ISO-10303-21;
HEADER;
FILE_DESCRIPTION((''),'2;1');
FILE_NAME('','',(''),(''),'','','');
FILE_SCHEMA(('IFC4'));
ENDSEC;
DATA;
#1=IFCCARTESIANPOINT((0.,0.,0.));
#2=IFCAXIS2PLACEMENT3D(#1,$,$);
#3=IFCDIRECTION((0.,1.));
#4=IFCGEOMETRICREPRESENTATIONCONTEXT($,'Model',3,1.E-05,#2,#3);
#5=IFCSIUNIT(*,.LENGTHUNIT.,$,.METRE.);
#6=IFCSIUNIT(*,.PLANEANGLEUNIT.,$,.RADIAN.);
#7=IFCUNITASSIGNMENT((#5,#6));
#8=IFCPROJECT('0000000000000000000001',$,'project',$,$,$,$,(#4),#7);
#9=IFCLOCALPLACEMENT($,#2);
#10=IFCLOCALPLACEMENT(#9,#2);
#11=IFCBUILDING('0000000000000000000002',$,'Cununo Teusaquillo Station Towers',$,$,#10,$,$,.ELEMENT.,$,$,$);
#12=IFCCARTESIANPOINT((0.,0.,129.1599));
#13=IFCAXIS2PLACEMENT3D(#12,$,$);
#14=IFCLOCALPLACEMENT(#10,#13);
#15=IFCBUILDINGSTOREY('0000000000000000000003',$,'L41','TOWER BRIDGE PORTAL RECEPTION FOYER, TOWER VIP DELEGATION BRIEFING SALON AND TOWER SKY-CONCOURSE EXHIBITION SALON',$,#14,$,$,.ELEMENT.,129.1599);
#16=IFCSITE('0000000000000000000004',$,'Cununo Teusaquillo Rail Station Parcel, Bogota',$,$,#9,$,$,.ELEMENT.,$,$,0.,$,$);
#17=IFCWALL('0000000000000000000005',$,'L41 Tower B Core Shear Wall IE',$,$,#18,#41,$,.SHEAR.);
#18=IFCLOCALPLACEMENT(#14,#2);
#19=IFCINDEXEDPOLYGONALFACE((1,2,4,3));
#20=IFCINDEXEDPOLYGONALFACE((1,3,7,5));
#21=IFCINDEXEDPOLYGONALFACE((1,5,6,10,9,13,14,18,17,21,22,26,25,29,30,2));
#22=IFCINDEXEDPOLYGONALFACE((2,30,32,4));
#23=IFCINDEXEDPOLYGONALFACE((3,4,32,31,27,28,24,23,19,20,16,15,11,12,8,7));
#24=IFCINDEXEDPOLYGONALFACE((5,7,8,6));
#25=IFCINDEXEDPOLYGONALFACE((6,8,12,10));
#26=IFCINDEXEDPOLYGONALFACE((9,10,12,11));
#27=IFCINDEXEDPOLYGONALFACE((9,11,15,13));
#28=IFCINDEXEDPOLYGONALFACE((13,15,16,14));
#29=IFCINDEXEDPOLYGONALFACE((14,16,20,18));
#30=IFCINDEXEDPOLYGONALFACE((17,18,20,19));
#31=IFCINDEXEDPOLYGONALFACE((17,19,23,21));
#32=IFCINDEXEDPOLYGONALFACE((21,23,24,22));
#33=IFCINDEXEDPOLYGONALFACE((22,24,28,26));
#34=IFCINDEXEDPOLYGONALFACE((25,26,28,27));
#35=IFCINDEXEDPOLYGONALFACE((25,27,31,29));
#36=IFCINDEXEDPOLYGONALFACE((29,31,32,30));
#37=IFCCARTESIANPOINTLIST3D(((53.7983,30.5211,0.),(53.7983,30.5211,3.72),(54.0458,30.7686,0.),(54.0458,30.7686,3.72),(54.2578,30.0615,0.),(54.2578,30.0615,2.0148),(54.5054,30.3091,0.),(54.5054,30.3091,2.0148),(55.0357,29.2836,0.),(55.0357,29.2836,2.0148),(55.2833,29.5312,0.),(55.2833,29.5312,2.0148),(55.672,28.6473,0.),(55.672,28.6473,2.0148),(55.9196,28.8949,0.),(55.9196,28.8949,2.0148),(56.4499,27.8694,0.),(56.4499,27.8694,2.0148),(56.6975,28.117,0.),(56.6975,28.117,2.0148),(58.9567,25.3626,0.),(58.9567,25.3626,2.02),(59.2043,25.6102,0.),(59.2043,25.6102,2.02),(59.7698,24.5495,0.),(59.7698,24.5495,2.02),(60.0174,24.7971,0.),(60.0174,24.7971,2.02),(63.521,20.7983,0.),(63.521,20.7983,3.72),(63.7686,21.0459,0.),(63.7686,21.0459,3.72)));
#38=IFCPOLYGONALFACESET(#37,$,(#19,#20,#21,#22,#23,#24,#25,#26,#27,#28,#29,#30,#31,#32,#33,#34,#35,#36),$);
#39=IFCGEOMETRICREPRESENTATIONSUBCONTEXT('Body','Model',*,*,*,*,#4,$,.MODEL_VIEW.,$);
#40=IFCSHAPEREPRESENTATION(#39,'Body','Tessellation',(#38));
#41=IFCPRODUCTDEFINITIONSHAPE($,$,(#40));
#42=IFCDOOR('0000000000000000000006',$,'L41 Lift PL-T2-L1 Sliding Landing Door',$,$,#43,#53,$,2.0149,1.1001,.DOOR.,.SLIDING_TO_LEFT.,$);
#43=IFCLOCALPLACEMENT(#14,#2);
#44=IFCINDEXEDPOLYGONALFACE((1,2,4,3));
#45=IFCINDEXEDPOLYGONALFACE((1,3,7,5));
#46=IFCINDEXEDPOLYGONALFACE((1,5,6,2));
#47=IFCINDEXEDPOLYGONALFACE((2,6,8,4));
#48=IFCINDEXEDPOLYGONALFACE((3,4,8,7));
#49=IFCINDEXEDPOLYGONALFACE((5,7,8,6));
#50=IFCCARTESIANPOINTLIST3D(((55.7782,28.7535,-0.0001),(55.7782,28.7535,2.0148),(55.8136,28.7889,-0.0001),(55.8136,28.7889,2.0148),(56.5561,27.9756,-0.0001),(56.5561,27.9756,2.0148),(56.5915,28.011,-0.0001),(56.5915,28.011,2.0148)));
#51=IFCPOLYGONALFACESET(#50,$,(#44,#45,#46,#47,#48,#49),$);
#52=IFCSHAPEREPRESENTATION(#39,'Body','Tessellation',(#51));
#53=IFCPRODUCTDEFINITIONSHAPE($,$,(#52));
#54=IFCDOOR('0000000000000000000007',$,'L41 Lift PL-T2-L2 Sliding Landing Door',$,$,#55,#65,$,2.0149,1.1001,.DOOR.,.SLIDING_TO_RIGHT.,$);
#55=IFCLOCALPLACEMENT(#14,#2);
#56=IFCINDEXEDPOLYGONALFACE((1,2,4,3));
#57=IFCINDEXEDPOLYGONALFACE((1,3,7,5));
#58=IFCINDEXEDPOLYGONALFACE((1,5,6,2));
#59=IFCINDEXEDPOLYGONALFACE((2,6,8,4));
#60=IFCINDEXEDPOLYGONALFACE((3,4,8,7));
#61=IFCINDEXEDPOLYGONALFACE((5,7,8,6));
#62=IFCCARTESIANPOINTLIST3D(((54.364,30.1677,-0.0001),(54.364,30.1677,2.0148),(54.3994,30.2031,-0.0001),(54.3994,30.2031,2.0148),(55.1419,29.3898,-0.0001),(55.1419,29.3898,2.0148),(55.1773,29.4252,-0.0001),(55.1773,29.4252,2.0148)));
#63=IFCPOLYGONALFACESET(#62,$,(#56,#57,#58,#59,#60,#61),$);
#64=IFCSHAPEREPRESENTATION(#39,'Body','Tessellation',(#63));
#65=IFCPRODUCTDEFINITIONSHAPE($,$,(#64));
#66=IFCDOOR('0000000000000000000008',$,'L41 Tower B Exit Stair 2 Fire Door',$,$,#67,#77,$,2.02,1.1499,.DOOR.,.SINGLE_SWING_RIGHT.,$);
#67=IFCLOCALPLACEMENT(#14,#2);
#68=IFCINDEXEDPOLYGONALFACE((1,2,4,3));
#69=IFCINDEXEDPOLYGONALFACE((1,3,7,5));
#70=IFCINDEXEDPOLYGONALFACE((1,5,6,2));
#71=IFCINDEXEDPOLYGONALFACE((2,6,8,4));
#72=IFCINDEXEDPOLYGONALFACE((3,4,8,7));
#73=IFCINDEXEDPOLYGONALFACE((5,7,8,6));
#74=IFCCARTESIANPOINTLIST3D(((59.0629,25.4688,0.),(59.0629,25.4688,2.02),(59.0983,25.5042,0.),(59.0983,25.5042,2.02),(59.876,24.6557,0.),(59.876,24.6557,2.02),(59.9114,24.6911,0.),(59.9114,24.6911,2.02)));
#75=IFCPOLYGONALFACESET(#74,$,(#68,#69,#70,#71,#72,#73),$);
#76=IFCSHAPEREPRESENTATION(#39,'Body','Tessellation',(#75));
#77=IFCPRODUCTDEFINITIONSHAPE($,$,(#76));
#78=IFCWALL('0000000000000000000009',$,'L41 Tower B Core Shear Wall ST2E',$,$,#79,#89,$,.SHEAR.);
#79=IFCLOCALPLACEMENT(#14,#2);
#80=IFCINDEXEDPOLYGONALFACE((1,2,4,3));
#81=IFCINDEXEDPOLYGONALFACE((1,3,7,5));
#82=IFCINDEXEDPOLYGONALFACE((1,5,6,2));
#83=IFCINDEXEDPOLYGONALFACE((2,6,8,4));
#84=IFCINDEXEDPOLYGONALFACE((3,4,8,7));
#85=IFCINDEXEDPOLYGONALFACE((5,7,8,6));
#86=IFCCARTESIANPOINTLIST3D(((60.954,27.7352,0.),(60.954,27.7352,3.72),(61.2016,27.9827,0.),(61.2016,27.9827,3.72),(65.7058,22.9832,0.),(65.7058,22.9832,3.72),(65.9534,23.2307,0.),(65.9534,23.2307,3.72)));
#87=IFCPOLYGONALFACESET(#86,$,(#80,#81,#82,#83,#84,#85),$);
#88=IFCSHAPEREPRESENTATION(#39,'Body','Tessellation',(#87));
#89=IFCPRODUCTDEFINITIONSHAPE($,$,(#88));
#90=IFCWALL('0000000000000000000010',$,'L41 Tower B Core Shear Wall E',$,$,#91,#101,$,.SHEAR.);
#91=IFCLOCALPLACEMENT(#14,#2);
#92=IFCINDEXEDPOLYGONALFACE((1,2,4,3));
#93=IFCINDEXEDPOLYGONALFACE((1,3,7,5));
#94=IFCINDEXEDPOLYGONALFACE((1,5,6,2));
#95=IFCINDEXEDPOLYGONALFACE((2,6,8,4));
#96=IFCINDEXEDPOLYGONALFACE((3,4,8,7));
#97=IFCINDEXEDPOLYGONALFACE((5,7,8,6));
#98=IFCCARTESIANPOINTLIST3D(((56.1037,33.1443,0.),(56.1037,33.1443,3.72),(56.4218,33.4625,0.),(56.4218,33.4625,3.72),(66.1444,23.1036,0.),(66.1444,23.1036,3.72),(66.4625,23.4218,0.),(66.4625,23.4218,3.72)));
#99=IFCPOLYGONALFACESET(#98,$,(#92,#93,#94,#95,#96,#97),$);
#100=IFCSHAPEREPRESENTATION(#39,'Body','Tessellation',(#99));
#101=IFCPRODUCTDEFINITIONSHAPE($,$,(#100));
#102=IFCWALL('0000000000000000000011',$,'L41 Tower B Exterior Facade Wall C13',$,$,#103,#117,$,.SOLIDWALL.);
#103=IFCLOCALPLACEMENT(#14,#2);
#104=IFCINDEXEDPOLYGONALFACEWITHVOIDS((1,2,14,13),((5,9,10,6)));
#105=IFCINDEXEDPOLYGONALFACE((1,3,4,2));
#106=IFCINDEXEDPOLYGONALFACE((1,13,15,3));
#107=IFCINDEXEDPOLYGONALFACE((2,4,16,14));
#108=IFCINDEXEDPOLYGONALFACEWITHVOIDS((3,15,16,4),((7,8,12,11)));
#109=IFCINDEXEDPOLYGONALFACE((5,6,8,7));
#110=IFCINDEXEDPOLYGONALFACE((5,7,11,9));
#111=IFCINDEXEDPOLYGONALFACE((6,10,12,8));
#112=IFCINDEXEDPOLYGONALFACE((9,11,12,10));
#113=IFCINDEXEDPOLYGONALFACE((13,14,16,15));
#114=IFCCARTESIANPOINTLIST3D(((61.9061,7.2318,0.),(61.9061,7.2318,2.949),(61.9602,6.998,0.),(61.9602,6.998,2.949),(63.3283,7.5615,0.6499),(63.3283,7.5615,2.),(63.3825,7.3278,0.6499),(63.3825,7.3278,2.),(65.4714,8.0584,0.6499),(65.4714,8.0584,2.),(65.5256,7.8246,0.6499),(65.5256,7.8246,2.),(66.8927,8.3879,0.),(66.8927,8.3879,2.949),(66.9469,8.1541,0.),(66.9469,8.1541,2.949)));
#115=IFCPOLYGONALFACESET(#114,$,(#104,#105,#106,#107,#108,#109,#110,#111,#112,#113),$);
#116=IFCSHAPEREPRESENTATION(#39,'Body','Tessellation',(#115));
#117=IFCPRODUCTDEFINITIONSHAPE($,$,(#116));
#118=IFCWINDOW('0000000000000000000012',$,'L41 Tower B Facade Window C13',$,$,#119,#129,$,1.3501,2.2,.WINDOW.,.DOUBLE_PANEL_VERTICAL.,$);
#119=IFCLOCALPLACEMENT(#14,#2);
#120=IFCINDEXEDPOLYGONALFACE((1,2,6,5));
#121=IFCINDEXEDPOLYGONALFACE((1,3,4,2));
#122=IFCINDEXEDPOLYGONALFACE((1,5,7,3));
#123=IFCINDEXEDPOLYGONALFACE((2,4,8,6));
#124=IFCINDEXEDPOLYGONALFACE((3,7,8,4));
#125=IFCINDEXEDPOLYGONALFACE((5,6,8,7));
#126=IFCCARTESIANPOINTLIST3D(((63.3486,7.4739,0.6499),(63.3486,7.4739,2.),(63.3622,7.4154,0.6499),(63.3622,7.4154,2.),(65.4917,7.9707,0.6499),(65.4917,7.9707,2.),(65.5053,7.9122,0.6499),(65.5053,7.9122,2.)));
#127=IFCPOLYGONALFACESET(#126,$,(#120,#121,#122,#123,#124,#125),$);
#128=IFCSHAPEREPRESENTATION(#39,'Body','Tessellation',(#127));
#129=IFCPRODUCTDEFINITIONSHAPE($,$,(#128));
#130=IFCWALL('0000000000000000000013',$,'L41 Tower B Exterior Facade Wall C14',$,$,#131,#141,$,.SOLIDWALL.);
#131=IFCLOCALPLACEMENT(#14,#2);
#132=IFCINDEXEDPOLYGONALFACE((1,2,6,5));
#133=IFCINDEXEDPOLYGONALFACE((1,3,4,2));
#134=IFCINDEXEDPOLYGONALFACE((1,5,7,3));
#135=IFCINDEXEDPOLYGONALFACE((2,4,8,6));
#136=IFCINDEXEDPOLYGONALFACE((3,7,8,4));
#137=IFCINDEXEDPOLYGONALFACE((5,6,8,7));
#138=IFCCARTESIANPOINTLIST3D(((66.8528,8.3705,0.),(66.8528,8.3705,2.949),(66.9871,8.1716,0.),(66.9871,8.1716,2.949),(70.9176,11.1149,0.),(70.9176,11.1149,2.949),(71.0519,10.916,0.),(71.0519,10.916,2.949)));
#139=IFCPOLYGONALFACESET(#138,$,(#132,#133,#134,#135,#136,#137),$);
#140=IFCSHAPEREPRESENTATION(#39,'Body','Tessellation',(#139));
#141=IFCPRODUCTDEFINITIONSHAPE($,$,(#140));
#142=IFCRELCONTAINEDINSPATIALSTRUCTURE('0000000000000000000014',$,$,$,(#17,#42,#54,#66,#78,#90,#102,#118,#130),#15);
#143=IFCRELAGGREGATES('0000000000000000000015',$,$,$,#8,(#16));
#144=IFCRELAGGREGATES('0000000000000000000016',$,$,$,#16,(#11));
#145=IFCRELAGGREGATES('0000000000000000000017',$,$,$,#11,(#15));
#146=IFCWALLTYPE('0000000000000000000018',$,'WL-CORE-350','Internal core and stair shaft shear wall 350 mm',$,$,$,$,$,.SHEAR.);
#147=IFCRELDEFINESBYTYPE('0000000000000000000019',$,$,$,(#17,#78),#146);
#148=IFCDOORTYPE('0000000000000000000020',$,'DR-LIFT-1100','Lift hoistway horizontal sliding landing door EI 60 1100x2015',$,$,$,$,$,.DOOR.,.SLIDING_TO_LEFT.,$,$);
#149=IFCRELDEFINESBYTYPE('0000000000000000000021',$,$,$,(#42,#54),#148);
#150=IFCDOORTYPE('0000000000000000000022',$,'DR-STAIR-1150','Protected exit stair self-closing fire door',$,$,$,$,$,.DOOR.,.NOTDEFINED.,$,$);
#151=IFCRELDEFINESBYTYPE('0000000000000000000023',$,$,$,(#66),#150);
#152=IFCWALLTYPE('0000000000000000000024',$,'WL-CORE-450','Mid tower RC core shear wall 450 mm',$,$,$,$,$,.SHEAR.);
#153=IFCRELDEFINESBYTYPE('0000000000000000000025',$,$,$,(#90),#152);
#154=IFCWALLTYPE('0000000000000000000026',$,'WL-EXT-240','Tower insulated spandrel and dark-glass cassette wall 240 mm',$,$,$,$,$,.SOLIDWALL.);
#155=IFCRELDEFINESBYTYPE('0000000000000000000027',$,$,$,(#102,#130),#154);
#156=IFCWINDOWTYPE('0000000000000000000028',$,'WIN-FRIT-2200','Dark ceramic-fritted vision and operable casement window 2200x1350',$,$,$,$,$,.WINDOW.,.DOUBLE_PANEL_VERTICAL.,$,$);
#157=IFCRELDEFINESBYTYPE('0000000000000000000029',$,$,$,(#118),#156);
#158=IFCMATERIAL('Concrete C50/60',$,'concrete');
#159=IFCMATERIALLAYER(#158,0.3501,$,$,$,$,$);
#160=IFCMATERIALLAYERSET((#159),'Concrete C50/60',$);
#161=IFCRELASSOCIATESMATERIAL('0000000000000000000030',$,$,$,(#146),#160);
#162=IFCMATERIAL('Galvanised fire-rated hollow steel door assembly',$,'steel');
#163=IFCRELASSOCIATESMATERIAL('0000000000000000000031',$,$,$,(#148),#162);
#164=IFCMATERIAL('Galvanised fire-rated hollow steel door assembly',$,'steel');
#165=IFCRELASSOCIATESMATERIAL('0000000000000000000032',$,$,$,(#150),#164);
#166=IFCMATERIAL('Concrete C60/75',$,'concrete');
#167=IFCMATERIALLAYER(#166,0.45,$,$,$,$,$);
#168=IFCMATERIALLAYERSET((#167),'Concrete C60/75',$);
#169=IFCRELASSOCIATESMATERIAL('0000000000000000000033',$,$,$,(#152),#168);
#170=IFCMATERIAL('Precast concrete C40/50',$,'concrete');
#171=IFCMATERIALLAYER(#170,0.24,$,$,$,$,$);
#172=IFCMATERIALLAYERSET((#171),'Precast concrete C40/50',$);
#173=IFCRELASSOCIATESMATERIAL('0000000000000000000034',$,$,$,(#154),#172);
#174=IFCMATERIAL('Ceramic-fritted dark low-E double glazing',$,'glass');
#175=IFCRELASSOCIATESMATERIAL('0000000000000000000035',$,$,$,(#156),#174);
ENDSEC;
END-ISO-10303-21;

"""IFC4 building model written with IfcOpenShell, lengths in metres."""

from ifc_helpers import new_model, si_unit, direction, frame, frame_2d, origin, place, context, subcontext, project, spatial, rectangle, extrude, source, transform, mapped, material, layer, layer_set, type_object, element, fill, save


model = new_model("IFC4")

# Units and contexts
model_context = context("Model", 3, precision=1e-05, world=origin(), true_north=direction((0.0, 1.0)))
body_context = subcontext(model_context, "Body", "Model", "MODEL_VIEW")
ifc_project = project(units=[si_unit("LENGTHUNIT", "METRE"), si_unit("PLANEANGLEUNIT", "RADIAN")], contexts=[model_context])

# Site, building, storey
site_placement = place(None, origin())
site = spatial("IfcSite", under=ifc_project, at=site_placement, Name="Cununo Teusaquillo Rail Station Parcel, Bogota", CompositionType="ELEMENT", RefElevation=0.0)
building_placement = place(site_placement, origin())
building = spatial("IfcBuilding", under=site, at=building_placement, Name="Cununo Teusaquillo Station Towers", CompositionType="ELEMENT")
storey_placement = place(building_placement, frame((0.0, 0.0, 129.1599)))
storey = spatial("IfcBuildingStorey", under=building, at=storey_placement, Name="L41", Description="TOWER BRIDGE PORTAL RECEPTION FOYER, TOWER VIP DELEGATION BRIEFING SALON AND TOWER SKY-CONCOURSE EXHIBITION SALON", CompositionType="ELEMENT", Elevation=129.1599)

# Wall, openings, doors
ifc_material_1 = material(Name="Concrete C50/60", Category="concrete")
ifc_layer_1 = layer(ifc_material_1, 0.3501)
ifc_layer_set_1 = layer_set([ifc_layer_1], Name="Concrete C50/60")
wall_type_1 = type_object("IfcWallType", Name="WL-CORE-350", Description="Internal core and stair shaft shear wall 350 mm", PredefinedType="SHEAR", material=ifc_layer_set_1)
wall_1_placement = place(storey_placement, frame((63.6448, 20.9221, 0.0), z_axis=(0.0, 0.0, 1.0), x_axis=(-0.707107, 0.707107, 0.0)))
wall_1 = element("IfcWall", 1, at=wall_1_placement, inside=storey, type_object=wall_type_1, Name="L41 Tower B Core Shear Wall IE", PredefinedType="SHEAR", context=body_context, shape_type="SweptSolid", body=[
    extrude(rectangle(XDim=13.75, YDim=0.3501, at=frame_2d((6.875, 0.0))), origin(), (0.0, 0.0, 1.0), 3.72),
])
shared_shape_1 = source(origin(), body_context, "Body", "SweptSolid", [
    extrude(rectangle(XDim=1.1001, YDim=2.0149, at=frame_2d((0.55, 1.0073))), frame((0.0, 0.1851, 0.0), z_axis=(0.0, -1.0, 0.0), x_axis=(1.0, 0.0, 0.0)), (0.0, 0.0, 1.0), 0.3701),
])
opening_1_placement = place(wall_1_placement, frame((10.0, 0.0, 0.0)))
opening_1 = element("IfcOpeningElement", 2, at=opening_1_placement, cuts=wall_1, PredefinedType="OPENING", context=body_context, shape_type="MappedRepresentation", body=[
    mapped(shared_shape_1, transform((0.0, 0.0, 0.0), x_axis=(1.0, 0.0, 0.0), y_axis=(0.0, 1.0, 0.0), z_axis=(0.0, 0.0, 1.0), scale=1.0)),
])
opening_2_placement = place(wall_1_placement, frame((12.0, 0.0, 0.0)))
opening_2 = element("IfcOpeningElement", 3, at=opening_2_placement, cuts=wall_1, PredefinedType="OPENING", context=body_context, shape_type="MappedRepresentation", body=[
    mapped(shared_shape_1, transform((0.0, 0.0, 0.0), x_axis=(1.0, 0.0, 0.0), y_axis=(0.0, 1.0, 0.0), z_axis=(0.0, 0.0, 1.0), scale=1.0)),
])
shared_shape_2 = source(origin(), body_context, "Body", "SweptSolid", [
    extrude(rectangle(XDim=1.1499, YDim=2.02, at=frame_2d((0.575, 1.01))), frame((0.0, 0.1851, 0.0), z_axis=(0.0, -1.0, 0.0), x_axis=(1.0, 0.0, 0.0)), (0.0, 0.0, 1.0), 0.3701),
])
opening_3_placement = place(wall_1_placement, frame((5.3049, 0.0, 0.0)))
opening_3 = element("IfcOpeningElement", 4, at=opening_3_placement, cuts=wall_1, PredefinedType="OPENING", context=body_context, shape_type="MappedRepresentation", body=[
    mapped(shared_shape_2, transform((0.0, 0.0, 0.0), x_axis=(1.0, 0.0, 0.0), y_axis=(0.0, 1.0, 0.0), z_axis=(0.0, 0.0, 1.0), scale=1.0)),
])
ifc_material_2 = material(Name="Galvanised fire-rated hollow steel door assembly", Category="steel")
door_type_1 = type_object("IfcDoorType", Name="DR-LIFT-1100", Description="Lift hoistway horizontal sliding landing door EI 60 1100x2015", OperationType="SLIDING_TO_LEFT", PredefinedType="DOOR", material=ifc_material_2)
shared_shape_3 = source(origin(), body_context, "Body", "SweptSolid", [
    extrude(rectangle(XDim=1.1001, YDim=2.0149, at=frame_2d((0.55, 1.0073))), frame((0.0, 0.0249, 0.0), z_axis=(0.0, -1.0, 0.0), x_axis=(1.0, 0.0, 0.0)), (0.0, 0.0, 1.0), 0.05),
])
door_1_placement = place(opening_1_placement, origin())
door_1 = element("IfcDoor", 5, at=door_1_placement, inside=storey, type_object=door_type_1, Name="L41 Lift PL-T2-L1 Sliding Landing Door", OperationType="SLIDING_TO_LEFT", OverallHeight=2.0149, OverallWidth=1.1001, PredefinedType="DOOR", context=body_context, shape_type="MappedRepresentation", body=[
    mapped(shared_shape_3, transform((0.0, 0.0, 0.0), x_axis=(1.0, 0.0, 0.0), y_axis=(0.0, 1.0, 0.0), z_axis=(0.0, 0.0, 1.0), scale=1.0)),
])
fill(opening_1, door_1)
door_2_placement = place(opening_2_placement, origin())
door_2 = element("IfcDoor", 6, at=door_2_placement, inside=storey, type_object=door_type_1, Name="L41 Lift PL-T2-L2 Sliding Landing Door", OperationType="SLIDING_TO_RIGHT", OverallHeight=2.0149, OverallWidth=1.1001, PredefinedType="DOOR", context=body_context, shape_type="MappedRepresentation", body=[
    mapped(shared_shape_3, transform((0.0, 0.0, 0.0), x_axis=(1.0, 0.0, 0.0), y_axis=(0.0, 1.0, 0.0), z_axis=(0.0, 0.0, 1.0), scale=1.0)),
])
fill(opening_2, door_2)
ifc_material_3 = material(Name="Galvanised fire-rated hollow steel door assembly", Category="steel")
door_type_2 = type_object("IfcDoorType", Name="DR-STAIR-1150", Description="Protected exit stair self-closing fire door", OperationType="NOTDEFINED", PredefinedType="DOOR", material=ifc_material_3)
shared_shape_4 = source(origin(), body_context, "Body", "SweptSolid", [
    extrude(rectangle(XDim=1.1499, YDim=2.02, at=frame_2d((0.575, 1.01))), frame((0.0, 0.0249, 0.0), z_axis=(0.0, -1.0, 0.0), x_axis=(1.0, 0.0, 0.0)), (0.0, 0.0, 1.0), 0.05),
])
door_3_placement = place(opening_3_placement, origin())
door_3 = element("IfcDoor", 7, at=door_3_placement, inside=storey, type_object=door_type_2, Name="L41 Tower B Exit Stair 2 Fire Door", OperationType="SINGLE_SWING_RIGHT", OverallHeight=2.02, OverallWidth=1.1499, PredefinedType="DOOR", context=body_context, shape_type="MappedRepresentation", body=[
    mapped(shared_shape_4, transform((0.0, 0.0, 0.0), x_axis=(1.0, 0.0, 0.0), y_axis=(0.0, 1.0, 0.0), z_axis=(0.0, 0.0, 1.0), scale=1.0)),
])
fill(opening_3, door_3)

# Walls
wall_2_placement = place(storey_placement, frame((65.8296, 23.1069, 0.0), z_axis=(0.0, 0.0, 1.0), x_axis=(-0.707089, 0.707125, 0.0)))
element("IfcWall", 8, at=wall_2_placement, inside=storey, type_object=wall_type_1, Name="L41 Tower B Core Shear Wall ST2E", PredefinedType="SHEAR", context=body_context, shape_type="SweptSolid", body=[
    extrude(rectangle(XDim=6.7202, YDim=0.3501, at=frame_2d((3.3601, 0.0))), origin(), (0.0, 0.0, 1.0), 3.72),
])
ifc_material_4 = material(Name="Concrete C60/75", Category="concrete")
ifc_layer_2 = layer(ifc_material_4, 0.45)
ifc_layer_set_2 = layer_set([ifc_layer_2], Name="Concrete C60/75")
wall_type_2 = type_object("IfcWallType", Name="WL-CORE-450", Description="Mid tower RC core shear wall 450 mm", PredefinedType="SHEAR", material=ifc_layer_set_2)
wall_3_placement = place(storey_placement, frame((66.3035, 23.2627, 0.0), z_axis=(0.0, 0.0, 1.0), x_axis=(-0.707107, 0.707107, 0.0)))
element("IfcWall", 9, at=wall_3_placement, inside=storey, type_object=wall_type_2, Name="L41 Tower B Core Shear Wall E", PredefinedType="SHEAR", context=body_context, shape_type="SweptSolid", body=[
    extrude(rectangle(XDim=14.1997, YDim=0.45, at=frame_2d((7.0999, 0.0))), origin(), (0.0, 0.0, 1.0), 3.72),
])

# Wall, opening, window
ifc_material_5 = material(Name="Precast concrete C40/50", Category="concrete")
ifc_layer_3 = layer(ifc_material_5, 0.24)
ifc_layer_set_3 = layer_set([ifc_layer_3], Name="Precast concrete C40/50")
wall_type_3 = type_object("IfcWallType", Name="WL-EXT-240", Description="Tower insulated spandrel and dark-glass cassette wall 240 mm", PredefinedType="SOLIDWALL", material=ifc_layer_set_3)
wall_4_placement = place(storey_placement, frame((66.9199, 8.271, 0.0), z_axis=(0.0, 0.0, 1.0), x_axis=(-0.974166, -0.225835, 0.0)))
wall_4 = element("IfcWall", 10, at=wall_4_placement, inside=storey, type_object=wall_type_3, Name="L41 Tower B Exterior Facade Wall C13", PredefinedType="SOLIDWALL", context=body_context, shape_type="SweptSolid", body=[
    extrude(rectangle(XDim=5.1189, YDim=0.24, at=frame_2d((2.5596, 0.0))), origin(), (0.0, 0.0, 1.0), 2.949),
])
shared_shape_5 = source(origin(), body_context, "Body", "SweptSolid", [
    extrude(rectangle(XDim=2.2, YDim=1.3501, at=frame_2d((1.1001, 0.675))), frame((0.0, 0.1299, 0.0), z_axis=(0.0, -1.0, 0.0), x_axis=(1.0, 0.0, 0.0)), (0.0, 0.0, 1.0), 0.26),
])
opening_4_placement = place(wall_4_placement, frame((1.459, 0.0, 0.6499)))
opening_4 = element("IfcOpeningElement", 11, at=opening_4_placement, cuts=wall_4, PredefinedType="OPENING", context=body_context, shape_type="MappedRepresentation", body=[
    mapped(shared_shape_5, transform((0.0, 0.0, 0.0), x_axis=(1.0, 0.0, 0.0), y_axis=(0.0, 1.0, 0.0), z_axis=(0.0, 0.0, 1.0), scale=1.0)),
])
ifc_material_6 = material(Name="Ceramic-fritted dark low-E double glazing", Category="glass")
window_type_1 = type_object("IfcWindowType", Name="WIN-FRIT-2200", Description="Dark ceramic-fritted vision and operable casement window 2200x1350", PartitioningType="DOUBLE_PANEL_VERTICAL", PredefinedType="WINDOW", material=ifc_material_6)
shared_shape_6 = source(origin(), body_context, "Body", "SweptSolid", [
    extrude(rectangle(XDim=2.2, YDim=1.3501, at=frame_2d((1.1001, 0.675))), frame((0.0, 0.03, 0.0), z_axis=(0.0, -1.0, 0.0), x_axis=(1.0, 0.0, 0.0)), (0.0, 0.0, 1.0), 0.0601),
])
window_1_placement = place(opening_4_placement, origin())
window_1 = element("IfcWindow", 12, at=window_1_placement, inside=storey, type_object=window_type_1, Name="L41 Tower B Facade Window C13", OverallHeight=1.3501, OverallWidth=2.2, PartitioningType="DOUBLE_PANEL_VERTICAL", PredefinedType="WINDOW", context=body_context, shape_type="MappedRepresentation", body=[
    mapped(shared_shape_6, transform((0.0, 0.0, 0.0), x_axis=(1.0, 0.0, 0.0), y_axis=(0.0, 1.0, 0.0), z_axis=(0.0, 0.0, 1.0), scale=1.0)),
])
fill(opening_4, window_1)

# Wall
wall_5_placement = place(storey_placement, frame((70.9846, 11.0154, 0.0), z_axis=(0.0, 0.0, 1.0), x_axis=(-0.828781, -0.559573, 0.0)))
element("IfcWall", 13, at=wall_5_placement, inside=storey, type_object=wall_type_3, Name="L41 Tower B Exterior Facade Wall C14", PredefinedType="SOLIDWALL", context=body_context, shape_type="SweptSolid", body=[
    extrude(rectangle(XDim=4.9045, YDim=0.24, at=frame_2d((2.4521, 0.0))), origin(), (0.0, 0.0, 1.0), 2.949),
])

save(model, "model.ifc")
